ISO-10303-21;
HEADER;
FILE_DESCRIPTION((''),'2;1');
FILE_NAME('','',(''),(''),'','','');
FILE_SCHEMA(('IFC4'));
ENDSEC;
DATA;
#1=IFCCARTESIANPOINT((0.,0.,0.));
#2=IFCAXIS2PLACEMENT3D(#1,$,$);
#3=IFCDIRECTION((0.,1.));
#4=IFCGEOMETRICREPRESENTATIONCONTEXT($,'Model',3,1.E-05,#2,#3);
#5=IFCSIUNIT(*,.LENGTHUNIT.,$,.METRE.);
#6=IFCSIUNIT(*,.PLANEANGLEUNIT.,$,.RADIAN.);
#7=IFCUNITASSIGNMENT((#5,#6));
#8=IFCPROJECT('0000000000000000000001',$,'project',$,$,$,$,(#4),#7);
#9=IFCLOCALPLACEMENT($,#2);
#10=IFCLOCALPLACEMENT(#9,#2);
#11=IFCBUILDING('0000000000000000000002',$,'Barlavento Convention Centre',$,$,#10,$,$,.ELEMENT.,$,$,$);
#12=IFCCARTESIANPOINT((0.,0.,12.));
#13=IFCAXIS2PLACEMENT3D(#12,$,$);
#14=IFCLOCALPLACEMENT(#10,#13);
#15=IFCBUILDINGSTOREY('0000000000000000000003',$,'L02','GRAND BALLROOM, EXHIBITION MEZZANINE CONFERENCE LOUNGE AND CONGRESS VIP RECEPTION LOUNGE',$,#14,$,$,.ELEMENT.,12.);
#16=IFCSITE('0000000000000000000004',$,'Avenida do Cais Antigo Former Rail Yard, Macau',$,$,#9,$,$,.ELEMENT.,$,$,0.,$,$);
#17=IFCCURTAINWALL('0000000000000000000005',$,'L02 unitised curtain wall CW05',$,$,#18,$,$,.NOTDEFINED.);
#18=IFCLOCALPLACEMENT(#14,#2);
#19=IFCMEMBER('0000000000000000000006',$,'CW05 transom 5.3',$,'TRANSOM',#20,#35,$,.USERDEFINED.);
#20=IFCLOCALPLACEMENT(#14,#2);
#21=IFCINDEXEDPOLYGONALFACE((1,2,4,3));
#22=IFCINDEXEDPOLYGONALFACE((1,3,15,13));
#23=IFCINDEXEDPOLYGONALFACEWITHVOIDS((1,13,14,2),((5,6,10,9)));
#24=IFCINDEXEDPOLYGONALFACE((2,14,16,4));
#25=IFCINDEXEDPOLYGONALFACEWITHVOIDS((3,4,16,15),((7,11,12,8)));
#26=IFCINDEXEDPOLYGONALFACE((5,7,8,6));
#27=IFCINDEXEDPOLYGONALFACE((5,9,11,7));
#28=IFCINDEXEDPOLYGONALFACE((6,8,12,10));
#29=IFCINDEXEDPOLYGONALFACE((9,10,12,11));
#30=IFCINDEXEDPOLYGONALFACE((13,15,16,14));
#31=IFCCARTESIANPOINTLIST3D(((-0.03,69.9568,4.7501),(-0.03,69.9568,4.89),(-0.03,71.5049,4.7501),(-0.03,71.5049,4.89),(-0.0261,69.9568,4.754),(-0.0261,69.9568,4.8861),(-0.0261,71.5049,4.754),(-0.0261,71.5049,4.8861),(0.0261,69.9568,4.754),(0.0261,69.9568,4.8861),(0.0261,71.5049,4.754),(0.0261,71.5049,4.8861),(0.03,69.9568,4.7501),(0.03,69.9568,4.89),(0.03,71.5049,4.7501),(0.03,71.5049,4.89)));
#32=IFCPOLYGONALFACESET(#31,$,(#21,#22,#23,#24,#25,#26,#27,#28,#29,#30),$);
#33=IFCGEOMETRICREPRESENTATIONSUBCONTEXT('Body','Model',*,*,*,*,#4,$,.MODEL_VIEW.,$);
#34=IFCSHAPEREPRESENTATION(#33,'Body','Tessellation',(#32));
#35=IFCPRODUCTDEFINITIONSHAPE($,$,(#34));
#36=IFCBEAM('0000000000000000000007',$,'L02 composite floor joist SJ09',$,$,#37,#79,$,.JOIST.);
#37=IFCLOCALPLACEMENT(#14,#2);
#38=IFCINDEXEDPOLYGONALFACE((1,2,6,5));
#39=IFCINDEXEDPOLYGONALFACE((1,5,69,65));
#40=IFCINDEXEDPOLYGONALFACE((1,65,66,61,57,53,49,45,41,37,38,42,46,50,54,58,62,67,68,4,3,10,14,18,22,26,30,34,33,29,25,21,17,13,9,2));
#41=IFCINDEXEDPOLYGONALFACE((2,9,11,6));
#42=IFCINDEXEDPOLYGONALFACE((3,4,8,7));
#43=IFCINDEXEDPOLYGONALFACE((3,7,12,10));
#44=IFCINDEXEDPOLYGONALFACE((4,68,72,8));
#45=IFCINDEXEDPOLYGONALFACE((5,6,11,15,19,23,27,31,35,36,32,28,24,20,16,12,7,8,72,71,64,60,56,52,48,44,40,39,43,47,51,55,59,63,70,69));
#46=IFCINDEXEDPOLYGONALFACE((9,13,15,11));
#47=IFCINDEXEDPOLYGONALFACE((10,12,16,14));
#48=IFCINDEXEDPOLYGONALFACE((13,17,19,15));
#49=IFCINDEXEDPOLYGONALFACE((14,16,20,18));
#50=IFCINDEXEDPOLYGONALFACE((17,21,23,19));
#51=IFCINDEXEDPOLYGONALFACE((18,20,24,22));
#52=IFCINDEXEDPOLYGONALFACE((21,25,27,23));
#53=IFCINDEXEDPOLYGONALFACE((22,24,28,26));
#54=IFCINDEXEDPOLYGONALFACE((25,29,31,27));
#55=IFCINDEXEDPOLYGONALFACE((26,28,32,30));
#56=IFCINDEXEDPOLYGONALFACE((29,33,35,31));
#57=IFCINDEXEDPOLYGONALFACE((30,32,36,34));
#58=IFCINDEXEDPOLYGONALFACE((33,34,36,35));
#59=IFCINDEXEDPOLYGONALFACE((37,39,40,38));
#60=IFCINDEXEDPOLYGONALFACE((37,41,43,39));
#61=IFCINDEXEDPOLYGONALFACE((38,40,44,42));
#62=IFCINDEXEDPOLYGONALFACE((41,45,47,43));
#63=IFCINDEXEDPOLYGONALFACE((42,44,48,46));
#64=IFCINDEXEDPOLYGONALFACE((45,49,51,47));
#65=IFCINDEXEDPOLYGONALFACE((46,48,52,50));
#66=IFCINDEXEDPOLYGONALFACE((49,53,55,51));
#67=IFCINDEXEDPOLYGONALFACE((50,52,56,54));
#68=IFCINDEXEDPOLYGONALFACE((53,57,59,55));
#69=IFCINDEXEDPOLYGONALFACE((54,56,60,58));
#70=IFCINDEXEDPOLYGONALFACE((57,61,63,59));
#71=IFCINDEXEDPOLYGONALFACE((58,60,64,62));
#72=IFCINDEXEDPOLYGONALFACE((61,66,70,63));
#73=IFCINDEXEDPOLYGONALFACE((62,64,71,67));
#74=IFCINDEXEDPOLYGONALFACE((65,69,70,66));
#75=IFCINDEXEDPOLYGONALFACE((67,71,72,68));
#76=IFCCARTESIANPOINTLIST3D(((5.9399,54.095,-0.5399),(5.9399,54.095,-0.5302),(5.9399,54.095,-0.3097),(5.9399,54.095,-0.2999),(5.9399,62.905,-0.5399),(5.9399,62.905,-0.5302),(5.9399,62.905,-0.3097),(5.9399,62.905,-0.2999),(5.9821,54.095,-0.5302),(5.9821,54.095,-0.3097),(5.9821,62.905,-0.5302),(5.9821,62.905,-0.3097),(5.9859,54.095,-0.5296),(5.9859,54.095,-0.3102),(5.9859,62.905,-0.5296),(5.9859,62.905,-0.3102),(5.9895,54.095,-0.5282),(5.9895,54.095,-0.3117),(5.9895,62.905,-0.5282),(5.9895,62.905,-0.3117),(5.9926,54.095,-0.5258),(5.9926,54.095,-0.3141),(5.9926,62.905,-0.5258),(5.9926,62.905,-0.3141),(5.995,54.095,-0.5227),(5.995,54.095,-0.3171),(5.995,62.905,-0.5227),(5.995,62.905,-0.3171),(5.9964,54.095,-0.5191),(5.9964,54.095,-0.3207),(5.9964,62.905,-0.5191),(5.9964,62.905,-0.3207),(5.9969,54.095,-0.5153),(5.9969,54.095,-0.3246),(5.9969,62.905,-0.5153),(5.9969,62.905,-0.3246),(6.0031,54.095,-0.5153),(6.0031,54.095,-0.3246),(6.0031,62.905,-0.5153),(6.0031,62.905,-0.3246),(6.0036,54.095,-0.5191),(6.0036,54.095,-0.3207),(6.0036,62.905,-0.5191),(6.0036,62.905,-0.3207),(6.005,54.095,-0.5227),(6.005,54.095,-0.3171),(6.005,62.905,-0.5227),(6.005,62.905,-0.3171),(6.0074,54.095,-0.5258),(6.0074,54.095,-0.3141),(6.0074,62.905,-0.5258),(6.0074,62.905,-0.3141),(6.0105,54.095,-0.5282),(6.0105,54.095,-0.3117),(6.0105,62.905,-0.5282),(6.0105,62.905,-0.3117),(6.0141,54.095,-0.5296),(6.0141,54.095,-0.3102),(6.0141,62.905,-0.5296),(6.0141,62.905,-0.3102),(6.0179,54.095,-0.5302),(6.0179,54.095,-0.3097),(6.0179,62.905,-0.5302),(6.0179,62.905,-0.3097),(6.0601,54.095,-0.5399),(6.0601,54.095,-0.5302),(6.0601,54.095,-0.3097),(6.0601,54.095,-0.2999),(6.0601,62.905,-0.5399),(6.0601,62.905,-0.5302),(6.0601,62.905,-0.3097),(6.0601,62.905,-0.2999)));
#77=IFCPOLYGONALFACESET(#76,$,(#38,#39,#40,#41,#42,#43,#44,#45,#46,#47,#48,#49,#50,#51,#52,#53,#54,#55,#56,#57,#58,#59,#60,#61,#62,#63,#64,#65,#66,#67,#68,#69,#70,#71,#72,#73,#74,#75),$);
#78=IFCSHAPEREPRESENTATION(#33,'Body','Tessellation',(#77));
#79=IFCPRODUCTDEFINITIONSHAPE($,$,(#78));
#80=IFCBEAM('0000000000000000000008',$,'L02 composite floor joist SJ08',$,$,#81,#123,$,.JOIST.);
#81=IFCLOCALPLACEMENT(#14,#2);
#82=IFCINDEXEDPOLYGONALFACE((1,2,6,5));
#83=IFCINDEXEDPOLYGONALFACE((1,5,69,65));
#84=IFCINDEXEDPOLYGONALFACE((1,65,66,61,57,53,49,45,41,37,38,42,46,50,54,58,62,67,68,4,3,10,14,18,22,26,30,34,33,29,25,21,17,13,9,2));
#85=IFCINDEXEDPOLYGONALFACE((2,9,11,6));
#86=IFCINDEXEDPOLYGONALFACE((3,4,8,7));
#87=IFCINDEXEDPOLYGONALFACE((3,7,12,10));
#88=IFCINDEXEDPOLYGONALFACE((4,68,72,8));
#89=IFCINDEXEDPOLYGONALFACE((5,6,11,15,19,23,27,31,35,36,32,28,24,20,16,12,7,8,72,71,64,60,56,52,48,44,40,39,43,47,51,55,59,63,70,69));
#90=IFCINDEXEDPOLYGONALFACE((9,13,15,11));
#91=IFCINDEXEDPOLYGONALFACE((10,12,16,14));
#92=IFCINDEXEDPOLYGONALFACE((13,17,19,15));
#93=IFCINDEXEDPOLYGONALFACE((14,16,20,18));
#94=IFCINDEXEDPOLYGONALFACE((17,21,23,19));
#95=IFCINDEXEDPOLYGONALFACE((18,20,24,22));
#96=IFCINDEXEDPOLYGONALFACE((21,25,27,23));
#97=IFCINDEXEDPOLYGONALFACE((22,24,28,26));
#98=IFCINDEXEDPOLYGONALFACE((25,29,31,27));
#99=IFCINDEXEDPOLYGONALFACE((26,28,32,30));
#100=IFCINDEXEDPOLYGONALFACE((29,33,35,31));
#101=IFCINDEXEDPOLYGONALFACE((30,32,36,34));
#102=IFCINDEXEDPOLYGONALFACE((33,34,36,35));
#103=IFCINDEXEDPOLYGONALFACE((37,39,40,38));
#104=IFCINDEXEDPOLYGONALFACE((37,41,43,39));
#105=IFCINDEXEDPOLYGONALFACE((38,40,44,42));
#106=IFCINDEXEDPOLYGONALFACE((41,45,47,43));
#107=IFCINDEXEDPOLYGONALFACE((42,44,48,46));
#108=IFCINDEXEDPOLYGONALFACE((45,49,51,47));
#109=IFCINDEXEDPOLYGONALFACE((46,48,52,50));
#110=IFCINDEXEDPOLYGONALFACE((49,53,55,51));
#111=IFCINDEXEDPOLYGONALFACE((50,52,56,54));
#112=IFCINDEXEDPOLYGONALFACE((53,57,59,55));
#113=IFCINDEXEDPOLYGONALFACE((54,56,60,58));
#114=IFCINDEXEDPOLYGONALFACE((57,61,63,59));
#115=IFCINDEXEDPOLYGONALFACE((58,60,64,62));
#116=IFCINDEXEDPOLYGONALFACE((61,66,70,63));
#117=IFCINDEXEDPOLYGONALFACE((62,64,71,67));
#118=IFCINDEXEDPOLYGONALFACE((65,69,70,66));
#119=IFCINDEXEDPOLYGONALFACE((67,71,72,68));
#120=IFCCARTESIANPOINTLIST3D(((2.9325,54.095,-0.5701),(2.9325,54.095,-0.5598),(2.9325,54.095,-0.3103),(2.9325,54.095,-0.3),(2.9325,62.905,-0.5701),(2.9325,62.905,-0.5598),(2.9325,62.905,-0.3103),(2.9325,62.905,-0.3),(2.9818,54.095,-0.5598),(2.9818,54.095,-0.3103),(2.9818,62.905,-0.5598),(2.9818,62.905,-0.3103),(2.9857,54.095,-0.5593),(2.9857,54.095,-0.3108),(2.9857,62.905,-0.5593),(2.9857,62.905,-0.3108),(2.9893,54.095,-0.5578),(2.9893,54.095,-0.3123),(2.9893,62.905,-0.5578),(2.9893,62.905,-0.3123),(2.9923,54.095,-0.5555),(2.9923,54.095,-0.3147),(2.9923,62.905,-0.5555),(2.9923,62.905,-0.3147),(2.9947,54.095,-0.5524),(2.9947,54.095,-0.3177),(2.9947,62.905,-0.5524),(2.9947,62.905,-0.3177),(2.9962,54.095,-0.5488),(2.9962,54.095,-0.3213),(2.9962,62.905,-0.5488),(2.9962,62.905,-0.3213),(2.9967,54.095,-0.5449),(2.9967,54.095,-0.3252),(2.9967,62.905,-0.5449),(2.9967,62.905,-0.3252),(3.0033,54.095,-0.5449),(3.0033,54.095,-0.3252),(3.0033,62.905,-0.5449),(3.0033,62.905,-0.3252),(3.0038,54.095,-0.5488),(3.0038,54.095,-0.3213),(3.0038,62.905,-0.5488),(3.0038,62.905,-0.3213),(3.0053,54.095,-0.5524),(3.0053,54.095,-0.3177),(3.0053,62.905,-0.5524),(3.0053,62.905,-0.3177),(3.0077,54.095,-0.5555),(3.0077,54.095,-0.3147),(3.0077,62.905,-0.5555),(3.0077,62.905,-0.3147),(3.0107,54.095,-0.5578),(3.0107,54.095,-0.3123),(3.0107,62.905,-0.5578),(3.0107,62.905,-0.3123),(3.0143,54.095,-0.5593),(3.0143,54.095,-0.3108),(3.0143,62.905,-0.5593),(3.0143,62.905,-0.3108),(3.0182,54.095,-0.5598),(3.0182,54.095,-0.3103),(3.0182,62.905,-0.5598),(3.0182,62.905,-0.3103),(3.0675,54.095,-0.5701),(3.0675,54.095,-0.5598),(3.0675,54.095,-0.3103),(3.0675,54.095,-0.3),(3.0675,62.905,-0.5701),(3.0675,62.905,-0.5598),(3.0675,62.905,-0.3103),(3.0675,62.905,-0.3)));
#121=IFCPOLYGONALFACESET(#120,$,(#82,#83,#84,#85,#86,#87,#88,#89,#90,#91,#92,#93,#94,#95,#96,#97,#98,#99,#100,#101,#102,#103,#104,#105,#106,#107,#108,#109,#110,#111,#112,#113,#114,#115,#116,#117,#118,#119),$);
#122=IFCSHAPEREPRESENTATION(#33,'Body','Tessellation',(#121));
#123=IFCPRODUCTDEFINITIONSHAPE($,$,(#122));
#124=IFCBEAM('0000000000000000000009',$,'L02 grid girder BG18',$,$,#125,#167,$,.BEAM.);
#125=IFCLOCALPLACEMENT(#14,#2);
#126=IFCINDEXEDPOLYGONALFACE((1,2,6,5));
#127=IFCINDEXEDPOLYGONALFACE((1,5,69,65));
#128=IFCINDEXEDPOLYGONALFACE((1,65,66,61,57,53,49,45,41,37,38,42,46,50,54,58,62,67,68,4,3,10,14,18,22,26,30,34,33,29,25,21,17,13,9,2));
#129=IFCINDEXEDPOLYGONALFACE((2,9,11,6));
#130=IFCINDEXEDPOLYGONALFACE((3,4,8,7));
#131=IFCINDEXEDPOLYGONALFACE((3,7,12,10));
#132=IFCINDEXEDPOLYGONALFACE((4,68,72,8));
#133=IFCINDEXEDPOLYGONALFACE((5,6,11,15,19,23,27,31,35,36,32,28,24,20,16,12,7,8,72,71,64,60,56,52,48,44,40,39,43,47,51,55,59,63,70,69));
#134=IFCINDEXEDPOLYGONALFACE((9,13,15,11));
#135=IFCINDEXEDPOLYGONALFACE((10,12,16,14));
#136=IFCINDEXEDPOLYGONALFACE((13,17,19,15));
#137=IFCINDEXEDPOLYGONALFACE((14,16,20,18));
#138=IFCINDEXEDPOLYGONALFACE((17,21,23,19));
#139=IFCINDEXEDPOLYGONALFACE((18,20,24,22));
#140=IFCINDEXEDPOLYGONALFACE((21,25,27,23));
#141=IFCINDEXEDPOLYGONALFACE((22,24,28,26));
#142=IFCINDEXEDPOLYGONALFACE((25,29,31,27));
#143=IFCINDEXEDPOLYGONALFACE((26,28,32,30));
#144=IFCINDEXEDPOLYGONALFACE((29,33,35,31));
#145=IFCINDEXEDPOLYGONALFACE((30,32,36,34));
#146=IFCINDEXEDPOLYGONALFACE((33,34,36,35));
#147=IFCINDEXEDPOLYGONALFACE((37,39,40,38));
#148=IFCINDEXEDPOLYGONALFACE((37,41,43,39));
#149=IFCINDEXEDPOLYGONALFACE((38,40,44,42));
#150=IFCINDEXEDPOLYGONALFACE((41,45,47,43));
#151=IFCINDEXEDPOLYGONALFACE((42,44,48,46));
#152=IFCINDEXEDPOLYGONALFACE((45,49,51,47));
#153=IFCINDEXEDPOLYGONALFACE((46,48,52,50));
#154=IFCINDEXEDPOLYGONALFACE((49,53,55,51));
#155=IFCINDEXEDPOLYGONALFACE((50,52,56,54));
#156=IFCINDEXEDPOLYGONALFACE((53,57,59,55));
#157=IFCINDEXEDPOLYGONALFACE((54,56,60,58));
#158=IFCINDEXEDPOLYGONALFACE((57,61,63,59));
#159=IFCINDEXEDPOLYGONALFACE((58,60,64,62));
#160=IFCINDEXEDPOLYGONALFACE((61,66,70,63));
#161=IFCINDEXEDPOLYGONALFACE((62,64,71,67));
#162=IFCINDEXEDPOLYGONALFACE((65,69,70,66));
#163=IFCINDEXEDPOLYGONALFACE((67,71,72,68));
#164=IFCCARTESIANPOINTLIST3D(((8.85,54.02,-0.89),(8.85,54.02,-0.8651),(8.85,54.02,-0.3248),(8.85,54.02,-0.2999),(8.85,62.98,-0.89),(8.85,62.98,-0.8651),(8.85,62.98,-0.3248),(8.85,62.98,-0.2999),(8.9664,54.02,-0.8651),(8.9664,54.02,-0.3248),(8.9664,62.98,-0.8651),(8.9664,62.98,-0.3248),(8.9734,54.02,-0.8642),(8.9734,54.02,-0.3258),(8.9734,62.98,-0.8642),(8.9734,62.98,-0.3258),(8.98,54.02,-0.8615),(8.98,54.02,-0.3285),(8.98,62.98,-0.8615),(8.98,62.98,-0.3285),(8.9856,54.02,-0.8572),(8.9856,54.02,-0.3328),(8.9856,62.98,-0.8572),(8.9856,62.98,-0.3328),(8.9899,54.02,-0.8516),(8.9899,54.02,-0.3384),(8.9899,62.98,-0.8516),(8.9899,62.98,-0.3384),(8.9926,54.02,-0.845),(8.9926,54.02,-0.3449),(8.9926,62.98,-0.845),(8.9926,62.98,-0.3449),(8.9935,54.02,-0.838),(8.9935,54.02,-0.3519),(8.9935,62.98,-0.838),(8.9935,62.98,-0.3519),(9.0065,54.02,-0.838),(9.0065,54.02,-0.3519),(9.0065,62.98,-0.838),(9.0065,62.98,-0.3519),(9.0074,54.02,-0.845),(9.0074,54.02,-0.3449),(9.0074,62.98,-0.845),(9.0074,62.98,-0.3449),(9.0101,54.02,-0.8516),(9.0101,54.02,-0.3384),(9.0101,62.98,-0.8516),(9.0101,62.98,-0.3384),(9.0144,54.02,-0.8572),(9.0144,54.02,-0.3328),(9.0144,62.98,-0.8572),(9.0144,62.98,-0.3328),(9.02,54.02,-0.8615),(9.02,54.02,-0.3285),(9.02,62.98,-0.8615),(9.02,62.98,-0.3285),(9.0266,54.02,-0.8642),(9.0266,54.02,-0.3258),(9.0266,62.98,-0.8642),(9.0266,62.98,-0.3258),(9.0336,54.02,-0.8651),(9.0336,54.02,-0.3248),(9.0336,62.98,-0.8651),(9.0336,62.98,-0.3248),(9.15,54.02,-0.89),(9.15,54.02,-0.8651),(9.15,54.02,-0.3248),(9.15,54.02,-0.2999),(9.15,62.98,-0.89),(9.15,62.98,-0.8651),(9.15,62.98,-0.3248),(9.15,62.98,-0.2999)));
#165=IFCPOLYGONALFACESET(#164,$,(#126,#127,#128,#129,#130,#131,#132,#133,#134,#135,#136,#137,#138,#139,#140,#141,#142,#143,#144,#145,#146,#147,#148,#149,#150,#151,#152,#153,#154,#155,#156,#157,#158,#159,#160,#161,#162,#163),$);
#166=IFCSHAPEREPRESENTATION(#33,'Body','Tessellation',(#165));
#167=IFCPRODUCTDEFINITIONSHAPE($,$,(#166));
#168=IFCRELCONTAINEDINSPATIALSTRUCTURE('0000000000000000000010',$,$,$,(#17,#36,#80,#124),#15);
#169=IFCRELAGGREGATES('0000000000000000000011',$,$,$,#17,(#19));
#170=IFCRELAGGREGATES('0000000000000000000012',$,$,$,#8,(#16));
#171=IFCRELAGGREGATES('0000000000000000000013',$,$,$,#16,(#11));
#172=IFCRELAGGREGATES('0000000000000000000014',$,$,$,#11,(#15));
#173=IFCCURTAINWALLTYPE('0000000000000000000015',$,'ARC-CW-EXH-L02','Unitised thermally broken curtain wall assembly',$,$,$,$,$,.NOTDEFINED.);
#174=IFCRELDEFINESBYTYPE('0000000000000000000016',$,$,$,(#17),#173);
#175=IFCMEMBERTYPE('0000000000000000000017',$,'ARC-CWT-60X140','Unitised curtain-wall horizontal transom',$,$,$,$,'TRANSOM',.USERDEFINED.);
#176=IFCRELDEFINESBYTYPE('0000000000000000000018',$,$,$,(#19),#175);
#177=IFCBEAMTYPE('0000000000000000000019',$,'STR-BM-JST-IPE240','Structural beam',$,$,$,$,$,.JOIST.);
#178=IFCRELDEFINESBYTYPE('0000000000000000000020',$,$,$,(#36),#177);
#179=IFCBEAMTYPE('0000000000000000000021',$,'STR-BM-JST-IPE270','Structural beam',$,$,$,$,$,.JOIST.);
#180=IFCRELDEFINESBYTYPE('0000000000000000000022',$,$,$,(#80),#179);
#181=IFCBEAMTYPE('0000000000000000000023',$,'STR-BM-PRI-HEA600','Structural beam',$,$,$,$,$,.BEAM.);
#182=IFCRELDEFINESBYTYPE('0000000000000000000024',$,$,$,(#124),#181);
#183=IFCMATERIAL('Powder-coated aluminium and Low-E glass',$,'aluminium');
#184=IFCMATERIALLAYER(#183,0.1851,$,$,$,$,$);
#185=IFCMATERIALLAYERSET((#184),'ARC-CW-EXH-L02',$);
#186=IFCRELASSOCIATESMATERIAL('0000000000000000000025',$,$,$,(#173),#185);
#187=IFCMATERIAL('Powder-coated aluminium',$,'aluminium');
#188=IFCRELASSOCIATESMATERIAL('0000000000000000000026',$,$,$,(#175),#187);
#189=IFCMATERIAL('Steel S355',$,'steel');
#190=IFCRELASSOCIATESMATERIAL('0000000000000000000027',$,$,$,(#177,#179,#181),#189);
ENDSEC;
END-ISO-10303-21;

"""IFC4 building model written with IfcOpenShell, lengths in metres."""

from ifc_helpers import new_model, si_unit, direction, frame, origin, origin_2d, place, context, subcontext, project, spatial, hollow_rectangle, i_section, extrude, material, layer, layer_set, material_profile, profile_set, type_object, element, aggregate, save


model = new_model("IFC4")

# Units and contexts
model_context = context("Model", 3, precision=1e-05, world=origin(), true_north=direction((0.0, 1.0)))
body_context = subcontext(model_context, "Body", "Model", "MODEL_VIEW")
ifc_project = project(units=[si_unit("LENGTHUNIT", "METRE"), si_unit("PLANEANGLEUNIT", "RADIAN")], contexts=[model_context])

# Site, building, storey
site_placement = place(None, origin())
site = spatial("IfcSite", under=ifc_project, at=site_placement, Name="Avenida do Cais Antigo Former Rail Yard, Macau", CompositionType="ELEMENT", RefElevation=0.0)
building_placement = place(site_placement, origin())
building = spatial("IfcBuilding", under=site, at=building_placement, Name="Barlavento Convention Centre", CompositionType="ELEMENT")
storey_placement = place(building_placement, frame((0.0, 0.0, 12.0)))
storey = spatial("IfcBuildingStorey", under=building, at=storey_placement, Name="L02", Description="GRAND BALLROOM, EXHIBITION MEZZANINE CONFERENCE LOUNGE AND CONGRESS VIP RECEPTION LOUNGE", CompositionType="ELEMENT", Elevation=12.0)

# Shared definitions
ifc_material_1 = material(Name="Steel S355", Category="steel")

# Curtain wall, member
ifc_material_2 = material(Name="Powder-coated aluminium and Low-E glass", Category="aluminium")
ifc_layer_1 = layer(ifc_material_2, 0.1851)
ifc_layer_set_1 = layer_set([ifc_layer_1], Name="ARC-CW-EXH-L02")
curtain_wall_type = type_object("IfcCurtainWallType", Name="ARC-CW-EXH-L02", Description="Unitised thermally broken curtain wall assembly", PredefinedType="NOTDEFINED", material=ifc_layer_set_1)
curtain_wall_placement = place(storey_placement, origin())
curtain_wall = element("IfcCurtainWall", 1, at=curtain_wall_placement, inside=storey, type_object=curtain_wall_type, Name="L02 unitised curtain wall CW05", PredefinedType="NOTDEFINED")
ifc_material_3 = material(Name="Powder-coated aluminium", Category="aluminium")
ifc_material_profile_1 = material_profile(ifc_material_3, hollow_rectangle(XDim=0.0601, YDim=0.1399, WallThickness=0.0039, at=origin_2d()), Name="AL-TRAN 60x140x4")
ifc_profile_set_1 = profile_set([ifc_material_profile_1], Name="Powder-coated aluminium")
member_type_1 = type_object("IfcMemberType", Name="ARC-CWT-60X140", Description="Unitised curtain-wall horizontal transom", ElementType="TRANSOM", PredefinedType="USERDEFINED", material=ifc_profile_set_1)
member_1_placement = place(storey_placement, frame((0.0, 69.9568, 4.8201), z_axis=(0.0, 1.0, 0.0), x_axis=(-1.0, 0.0, 0.0)))
member_1 = element("IfcMember", 2, at=member_1_placement, type_object=member_type_1, Name="CW05 transom 5.3", ObjectType="TRANSOM", PredefinedType="USERDEFINED", context=body_context, shape_type="SweptSolid", body=[
    extrude(hollow_rectangle(XDim=0.0601, YDim=0.1399, WallThickness=0.0039, at=origin_2d()), origin(), (0.0, 0.0, 1.0), 1.5481),
])

# Beams
ifc_material_profile_2 = material_profile(ifc_material_1, i_section(OverallWidth=0.1201, OverallDepth=0.24, WebThickness=0.0061, FlangeThickness=0.0098, FilletRadius=0.0149, at=origin_2d()), Name="IPE 240")
ifc_profile_set_2 = profile_set([ifc_material_profile_2], Name="Steel S355")
beam_type_1 = type_object("IfcBeamType", Name="STR-BM-JST-IPE240", Description="Structural beam", PredefinedType="JOIST", material=ifc_profile_set_2)
beam_1_placement = place(storey_placement, frame((6.0, 54.095, -0.4199), z_axis=(0.0, 1.0, 0.0), x_axis=(-1.0, 0.0, 0.0)))
element("IfcBeam", 3, at=beam_1_placement, inside=storey, type_object=beam_type_1, Name="L02 composite floor joist SJ09", PredefinedType="JOIST", context=body_context, shape_type="SweptSolid", body=[
    extrude(i_section(OverallWidth=0.1201, OverallDepth=0.24, WebThickness=0.0061, FlangeThickness=0.0098, FilletRadius=0.0149, at=origin_2d()), origin(), (0.0, 0.0, 1.0), 8.8101),
])
ifc_material_profile_3 = material_profile(ifc_material_1, i_section(OverallWidth=0.135, OverallDepth=0.27, WebThickness=0.0066, FlangeThickness=0.0103, FilletRadius=0.0149, at=origin_2d()), Name="IPE 270")
ifc_profile_set_3 = profile_set([ifc_material_profile_3], Name="Steel S355")
beam_type_2 = type_object("IfcBeamType", Name="STR-BM-JST-IPE270", Description="Structural beam", PredefinedType="JOIST", material=ifc_profile_set_3)
beam_2_placement = place(storey_placement, frame((3.0, 54.095, -0.4351), z_axis=(0.0, 1.0, 0.0), x_axis=(-1.0, 0.0, 0.0)))
element("IfcBeam", 4, at=beam_2_placement, inside=storey, type_object=beam_type_2, Name="L02 composite floor joist SJ08", PredefinedType="JOIST", context=body_context, shape_type="SweptSolid", body=[
    extrude(i_section(OverallWidth=0.135, OverallDepth=0.27, WebThickness=0.0066, FlangeThickness=0.0103, FilletRadius=0.0149, at=origin_2d()), origin(), (0.0, 0.0, 1.0), 8.8101),
])
ifc_material_profile_4 = material_profile(ifc_material_1, i_section(OverallWidth=0.3, OverallDepth=0.5901, WebThickness=0.0129, FlangeThickness=0.0249, FilletRadius=0.0271, at=origin_2d()), Name="HEA 600")
ifc_profile_set_4 = profile_set([ifc_material_profile_4], Name="Steel S355")
beam_type_3 = type_object("IfcBeamType", Name="STR-BM-PRI-HEA600", Description="Structural beam", PredefinedType="BEAM", material=ifc_profile_set_4)
beam_3_placement = place(storey_placement, frame((9.0, 54.02, -0.595), z_axis=(0.0, 1.0, 0.0), x_axis=(-1.0, 0.0, 0.0)))
element("IfcBeam", 5, at=beam_3_placement, inside=storey, type_object=beam_type_3, Name="L02 grid girder BG18", PredefinedType="BEAM", context=body_context, shape_type="SweptSolid", body=[
    extrude(i_section(OverallWidth=0.3, OverallDepth=0.5901, WebThickness=0.0129, FlangeThickness=0.0249, FilletRadius=0.0271, at=origin_2d()), origin(), (0.0, 0.0, 1.0), 8.96),
])

aggregate(curtain_wall, [member_1])

save(model, "model.ifc")
